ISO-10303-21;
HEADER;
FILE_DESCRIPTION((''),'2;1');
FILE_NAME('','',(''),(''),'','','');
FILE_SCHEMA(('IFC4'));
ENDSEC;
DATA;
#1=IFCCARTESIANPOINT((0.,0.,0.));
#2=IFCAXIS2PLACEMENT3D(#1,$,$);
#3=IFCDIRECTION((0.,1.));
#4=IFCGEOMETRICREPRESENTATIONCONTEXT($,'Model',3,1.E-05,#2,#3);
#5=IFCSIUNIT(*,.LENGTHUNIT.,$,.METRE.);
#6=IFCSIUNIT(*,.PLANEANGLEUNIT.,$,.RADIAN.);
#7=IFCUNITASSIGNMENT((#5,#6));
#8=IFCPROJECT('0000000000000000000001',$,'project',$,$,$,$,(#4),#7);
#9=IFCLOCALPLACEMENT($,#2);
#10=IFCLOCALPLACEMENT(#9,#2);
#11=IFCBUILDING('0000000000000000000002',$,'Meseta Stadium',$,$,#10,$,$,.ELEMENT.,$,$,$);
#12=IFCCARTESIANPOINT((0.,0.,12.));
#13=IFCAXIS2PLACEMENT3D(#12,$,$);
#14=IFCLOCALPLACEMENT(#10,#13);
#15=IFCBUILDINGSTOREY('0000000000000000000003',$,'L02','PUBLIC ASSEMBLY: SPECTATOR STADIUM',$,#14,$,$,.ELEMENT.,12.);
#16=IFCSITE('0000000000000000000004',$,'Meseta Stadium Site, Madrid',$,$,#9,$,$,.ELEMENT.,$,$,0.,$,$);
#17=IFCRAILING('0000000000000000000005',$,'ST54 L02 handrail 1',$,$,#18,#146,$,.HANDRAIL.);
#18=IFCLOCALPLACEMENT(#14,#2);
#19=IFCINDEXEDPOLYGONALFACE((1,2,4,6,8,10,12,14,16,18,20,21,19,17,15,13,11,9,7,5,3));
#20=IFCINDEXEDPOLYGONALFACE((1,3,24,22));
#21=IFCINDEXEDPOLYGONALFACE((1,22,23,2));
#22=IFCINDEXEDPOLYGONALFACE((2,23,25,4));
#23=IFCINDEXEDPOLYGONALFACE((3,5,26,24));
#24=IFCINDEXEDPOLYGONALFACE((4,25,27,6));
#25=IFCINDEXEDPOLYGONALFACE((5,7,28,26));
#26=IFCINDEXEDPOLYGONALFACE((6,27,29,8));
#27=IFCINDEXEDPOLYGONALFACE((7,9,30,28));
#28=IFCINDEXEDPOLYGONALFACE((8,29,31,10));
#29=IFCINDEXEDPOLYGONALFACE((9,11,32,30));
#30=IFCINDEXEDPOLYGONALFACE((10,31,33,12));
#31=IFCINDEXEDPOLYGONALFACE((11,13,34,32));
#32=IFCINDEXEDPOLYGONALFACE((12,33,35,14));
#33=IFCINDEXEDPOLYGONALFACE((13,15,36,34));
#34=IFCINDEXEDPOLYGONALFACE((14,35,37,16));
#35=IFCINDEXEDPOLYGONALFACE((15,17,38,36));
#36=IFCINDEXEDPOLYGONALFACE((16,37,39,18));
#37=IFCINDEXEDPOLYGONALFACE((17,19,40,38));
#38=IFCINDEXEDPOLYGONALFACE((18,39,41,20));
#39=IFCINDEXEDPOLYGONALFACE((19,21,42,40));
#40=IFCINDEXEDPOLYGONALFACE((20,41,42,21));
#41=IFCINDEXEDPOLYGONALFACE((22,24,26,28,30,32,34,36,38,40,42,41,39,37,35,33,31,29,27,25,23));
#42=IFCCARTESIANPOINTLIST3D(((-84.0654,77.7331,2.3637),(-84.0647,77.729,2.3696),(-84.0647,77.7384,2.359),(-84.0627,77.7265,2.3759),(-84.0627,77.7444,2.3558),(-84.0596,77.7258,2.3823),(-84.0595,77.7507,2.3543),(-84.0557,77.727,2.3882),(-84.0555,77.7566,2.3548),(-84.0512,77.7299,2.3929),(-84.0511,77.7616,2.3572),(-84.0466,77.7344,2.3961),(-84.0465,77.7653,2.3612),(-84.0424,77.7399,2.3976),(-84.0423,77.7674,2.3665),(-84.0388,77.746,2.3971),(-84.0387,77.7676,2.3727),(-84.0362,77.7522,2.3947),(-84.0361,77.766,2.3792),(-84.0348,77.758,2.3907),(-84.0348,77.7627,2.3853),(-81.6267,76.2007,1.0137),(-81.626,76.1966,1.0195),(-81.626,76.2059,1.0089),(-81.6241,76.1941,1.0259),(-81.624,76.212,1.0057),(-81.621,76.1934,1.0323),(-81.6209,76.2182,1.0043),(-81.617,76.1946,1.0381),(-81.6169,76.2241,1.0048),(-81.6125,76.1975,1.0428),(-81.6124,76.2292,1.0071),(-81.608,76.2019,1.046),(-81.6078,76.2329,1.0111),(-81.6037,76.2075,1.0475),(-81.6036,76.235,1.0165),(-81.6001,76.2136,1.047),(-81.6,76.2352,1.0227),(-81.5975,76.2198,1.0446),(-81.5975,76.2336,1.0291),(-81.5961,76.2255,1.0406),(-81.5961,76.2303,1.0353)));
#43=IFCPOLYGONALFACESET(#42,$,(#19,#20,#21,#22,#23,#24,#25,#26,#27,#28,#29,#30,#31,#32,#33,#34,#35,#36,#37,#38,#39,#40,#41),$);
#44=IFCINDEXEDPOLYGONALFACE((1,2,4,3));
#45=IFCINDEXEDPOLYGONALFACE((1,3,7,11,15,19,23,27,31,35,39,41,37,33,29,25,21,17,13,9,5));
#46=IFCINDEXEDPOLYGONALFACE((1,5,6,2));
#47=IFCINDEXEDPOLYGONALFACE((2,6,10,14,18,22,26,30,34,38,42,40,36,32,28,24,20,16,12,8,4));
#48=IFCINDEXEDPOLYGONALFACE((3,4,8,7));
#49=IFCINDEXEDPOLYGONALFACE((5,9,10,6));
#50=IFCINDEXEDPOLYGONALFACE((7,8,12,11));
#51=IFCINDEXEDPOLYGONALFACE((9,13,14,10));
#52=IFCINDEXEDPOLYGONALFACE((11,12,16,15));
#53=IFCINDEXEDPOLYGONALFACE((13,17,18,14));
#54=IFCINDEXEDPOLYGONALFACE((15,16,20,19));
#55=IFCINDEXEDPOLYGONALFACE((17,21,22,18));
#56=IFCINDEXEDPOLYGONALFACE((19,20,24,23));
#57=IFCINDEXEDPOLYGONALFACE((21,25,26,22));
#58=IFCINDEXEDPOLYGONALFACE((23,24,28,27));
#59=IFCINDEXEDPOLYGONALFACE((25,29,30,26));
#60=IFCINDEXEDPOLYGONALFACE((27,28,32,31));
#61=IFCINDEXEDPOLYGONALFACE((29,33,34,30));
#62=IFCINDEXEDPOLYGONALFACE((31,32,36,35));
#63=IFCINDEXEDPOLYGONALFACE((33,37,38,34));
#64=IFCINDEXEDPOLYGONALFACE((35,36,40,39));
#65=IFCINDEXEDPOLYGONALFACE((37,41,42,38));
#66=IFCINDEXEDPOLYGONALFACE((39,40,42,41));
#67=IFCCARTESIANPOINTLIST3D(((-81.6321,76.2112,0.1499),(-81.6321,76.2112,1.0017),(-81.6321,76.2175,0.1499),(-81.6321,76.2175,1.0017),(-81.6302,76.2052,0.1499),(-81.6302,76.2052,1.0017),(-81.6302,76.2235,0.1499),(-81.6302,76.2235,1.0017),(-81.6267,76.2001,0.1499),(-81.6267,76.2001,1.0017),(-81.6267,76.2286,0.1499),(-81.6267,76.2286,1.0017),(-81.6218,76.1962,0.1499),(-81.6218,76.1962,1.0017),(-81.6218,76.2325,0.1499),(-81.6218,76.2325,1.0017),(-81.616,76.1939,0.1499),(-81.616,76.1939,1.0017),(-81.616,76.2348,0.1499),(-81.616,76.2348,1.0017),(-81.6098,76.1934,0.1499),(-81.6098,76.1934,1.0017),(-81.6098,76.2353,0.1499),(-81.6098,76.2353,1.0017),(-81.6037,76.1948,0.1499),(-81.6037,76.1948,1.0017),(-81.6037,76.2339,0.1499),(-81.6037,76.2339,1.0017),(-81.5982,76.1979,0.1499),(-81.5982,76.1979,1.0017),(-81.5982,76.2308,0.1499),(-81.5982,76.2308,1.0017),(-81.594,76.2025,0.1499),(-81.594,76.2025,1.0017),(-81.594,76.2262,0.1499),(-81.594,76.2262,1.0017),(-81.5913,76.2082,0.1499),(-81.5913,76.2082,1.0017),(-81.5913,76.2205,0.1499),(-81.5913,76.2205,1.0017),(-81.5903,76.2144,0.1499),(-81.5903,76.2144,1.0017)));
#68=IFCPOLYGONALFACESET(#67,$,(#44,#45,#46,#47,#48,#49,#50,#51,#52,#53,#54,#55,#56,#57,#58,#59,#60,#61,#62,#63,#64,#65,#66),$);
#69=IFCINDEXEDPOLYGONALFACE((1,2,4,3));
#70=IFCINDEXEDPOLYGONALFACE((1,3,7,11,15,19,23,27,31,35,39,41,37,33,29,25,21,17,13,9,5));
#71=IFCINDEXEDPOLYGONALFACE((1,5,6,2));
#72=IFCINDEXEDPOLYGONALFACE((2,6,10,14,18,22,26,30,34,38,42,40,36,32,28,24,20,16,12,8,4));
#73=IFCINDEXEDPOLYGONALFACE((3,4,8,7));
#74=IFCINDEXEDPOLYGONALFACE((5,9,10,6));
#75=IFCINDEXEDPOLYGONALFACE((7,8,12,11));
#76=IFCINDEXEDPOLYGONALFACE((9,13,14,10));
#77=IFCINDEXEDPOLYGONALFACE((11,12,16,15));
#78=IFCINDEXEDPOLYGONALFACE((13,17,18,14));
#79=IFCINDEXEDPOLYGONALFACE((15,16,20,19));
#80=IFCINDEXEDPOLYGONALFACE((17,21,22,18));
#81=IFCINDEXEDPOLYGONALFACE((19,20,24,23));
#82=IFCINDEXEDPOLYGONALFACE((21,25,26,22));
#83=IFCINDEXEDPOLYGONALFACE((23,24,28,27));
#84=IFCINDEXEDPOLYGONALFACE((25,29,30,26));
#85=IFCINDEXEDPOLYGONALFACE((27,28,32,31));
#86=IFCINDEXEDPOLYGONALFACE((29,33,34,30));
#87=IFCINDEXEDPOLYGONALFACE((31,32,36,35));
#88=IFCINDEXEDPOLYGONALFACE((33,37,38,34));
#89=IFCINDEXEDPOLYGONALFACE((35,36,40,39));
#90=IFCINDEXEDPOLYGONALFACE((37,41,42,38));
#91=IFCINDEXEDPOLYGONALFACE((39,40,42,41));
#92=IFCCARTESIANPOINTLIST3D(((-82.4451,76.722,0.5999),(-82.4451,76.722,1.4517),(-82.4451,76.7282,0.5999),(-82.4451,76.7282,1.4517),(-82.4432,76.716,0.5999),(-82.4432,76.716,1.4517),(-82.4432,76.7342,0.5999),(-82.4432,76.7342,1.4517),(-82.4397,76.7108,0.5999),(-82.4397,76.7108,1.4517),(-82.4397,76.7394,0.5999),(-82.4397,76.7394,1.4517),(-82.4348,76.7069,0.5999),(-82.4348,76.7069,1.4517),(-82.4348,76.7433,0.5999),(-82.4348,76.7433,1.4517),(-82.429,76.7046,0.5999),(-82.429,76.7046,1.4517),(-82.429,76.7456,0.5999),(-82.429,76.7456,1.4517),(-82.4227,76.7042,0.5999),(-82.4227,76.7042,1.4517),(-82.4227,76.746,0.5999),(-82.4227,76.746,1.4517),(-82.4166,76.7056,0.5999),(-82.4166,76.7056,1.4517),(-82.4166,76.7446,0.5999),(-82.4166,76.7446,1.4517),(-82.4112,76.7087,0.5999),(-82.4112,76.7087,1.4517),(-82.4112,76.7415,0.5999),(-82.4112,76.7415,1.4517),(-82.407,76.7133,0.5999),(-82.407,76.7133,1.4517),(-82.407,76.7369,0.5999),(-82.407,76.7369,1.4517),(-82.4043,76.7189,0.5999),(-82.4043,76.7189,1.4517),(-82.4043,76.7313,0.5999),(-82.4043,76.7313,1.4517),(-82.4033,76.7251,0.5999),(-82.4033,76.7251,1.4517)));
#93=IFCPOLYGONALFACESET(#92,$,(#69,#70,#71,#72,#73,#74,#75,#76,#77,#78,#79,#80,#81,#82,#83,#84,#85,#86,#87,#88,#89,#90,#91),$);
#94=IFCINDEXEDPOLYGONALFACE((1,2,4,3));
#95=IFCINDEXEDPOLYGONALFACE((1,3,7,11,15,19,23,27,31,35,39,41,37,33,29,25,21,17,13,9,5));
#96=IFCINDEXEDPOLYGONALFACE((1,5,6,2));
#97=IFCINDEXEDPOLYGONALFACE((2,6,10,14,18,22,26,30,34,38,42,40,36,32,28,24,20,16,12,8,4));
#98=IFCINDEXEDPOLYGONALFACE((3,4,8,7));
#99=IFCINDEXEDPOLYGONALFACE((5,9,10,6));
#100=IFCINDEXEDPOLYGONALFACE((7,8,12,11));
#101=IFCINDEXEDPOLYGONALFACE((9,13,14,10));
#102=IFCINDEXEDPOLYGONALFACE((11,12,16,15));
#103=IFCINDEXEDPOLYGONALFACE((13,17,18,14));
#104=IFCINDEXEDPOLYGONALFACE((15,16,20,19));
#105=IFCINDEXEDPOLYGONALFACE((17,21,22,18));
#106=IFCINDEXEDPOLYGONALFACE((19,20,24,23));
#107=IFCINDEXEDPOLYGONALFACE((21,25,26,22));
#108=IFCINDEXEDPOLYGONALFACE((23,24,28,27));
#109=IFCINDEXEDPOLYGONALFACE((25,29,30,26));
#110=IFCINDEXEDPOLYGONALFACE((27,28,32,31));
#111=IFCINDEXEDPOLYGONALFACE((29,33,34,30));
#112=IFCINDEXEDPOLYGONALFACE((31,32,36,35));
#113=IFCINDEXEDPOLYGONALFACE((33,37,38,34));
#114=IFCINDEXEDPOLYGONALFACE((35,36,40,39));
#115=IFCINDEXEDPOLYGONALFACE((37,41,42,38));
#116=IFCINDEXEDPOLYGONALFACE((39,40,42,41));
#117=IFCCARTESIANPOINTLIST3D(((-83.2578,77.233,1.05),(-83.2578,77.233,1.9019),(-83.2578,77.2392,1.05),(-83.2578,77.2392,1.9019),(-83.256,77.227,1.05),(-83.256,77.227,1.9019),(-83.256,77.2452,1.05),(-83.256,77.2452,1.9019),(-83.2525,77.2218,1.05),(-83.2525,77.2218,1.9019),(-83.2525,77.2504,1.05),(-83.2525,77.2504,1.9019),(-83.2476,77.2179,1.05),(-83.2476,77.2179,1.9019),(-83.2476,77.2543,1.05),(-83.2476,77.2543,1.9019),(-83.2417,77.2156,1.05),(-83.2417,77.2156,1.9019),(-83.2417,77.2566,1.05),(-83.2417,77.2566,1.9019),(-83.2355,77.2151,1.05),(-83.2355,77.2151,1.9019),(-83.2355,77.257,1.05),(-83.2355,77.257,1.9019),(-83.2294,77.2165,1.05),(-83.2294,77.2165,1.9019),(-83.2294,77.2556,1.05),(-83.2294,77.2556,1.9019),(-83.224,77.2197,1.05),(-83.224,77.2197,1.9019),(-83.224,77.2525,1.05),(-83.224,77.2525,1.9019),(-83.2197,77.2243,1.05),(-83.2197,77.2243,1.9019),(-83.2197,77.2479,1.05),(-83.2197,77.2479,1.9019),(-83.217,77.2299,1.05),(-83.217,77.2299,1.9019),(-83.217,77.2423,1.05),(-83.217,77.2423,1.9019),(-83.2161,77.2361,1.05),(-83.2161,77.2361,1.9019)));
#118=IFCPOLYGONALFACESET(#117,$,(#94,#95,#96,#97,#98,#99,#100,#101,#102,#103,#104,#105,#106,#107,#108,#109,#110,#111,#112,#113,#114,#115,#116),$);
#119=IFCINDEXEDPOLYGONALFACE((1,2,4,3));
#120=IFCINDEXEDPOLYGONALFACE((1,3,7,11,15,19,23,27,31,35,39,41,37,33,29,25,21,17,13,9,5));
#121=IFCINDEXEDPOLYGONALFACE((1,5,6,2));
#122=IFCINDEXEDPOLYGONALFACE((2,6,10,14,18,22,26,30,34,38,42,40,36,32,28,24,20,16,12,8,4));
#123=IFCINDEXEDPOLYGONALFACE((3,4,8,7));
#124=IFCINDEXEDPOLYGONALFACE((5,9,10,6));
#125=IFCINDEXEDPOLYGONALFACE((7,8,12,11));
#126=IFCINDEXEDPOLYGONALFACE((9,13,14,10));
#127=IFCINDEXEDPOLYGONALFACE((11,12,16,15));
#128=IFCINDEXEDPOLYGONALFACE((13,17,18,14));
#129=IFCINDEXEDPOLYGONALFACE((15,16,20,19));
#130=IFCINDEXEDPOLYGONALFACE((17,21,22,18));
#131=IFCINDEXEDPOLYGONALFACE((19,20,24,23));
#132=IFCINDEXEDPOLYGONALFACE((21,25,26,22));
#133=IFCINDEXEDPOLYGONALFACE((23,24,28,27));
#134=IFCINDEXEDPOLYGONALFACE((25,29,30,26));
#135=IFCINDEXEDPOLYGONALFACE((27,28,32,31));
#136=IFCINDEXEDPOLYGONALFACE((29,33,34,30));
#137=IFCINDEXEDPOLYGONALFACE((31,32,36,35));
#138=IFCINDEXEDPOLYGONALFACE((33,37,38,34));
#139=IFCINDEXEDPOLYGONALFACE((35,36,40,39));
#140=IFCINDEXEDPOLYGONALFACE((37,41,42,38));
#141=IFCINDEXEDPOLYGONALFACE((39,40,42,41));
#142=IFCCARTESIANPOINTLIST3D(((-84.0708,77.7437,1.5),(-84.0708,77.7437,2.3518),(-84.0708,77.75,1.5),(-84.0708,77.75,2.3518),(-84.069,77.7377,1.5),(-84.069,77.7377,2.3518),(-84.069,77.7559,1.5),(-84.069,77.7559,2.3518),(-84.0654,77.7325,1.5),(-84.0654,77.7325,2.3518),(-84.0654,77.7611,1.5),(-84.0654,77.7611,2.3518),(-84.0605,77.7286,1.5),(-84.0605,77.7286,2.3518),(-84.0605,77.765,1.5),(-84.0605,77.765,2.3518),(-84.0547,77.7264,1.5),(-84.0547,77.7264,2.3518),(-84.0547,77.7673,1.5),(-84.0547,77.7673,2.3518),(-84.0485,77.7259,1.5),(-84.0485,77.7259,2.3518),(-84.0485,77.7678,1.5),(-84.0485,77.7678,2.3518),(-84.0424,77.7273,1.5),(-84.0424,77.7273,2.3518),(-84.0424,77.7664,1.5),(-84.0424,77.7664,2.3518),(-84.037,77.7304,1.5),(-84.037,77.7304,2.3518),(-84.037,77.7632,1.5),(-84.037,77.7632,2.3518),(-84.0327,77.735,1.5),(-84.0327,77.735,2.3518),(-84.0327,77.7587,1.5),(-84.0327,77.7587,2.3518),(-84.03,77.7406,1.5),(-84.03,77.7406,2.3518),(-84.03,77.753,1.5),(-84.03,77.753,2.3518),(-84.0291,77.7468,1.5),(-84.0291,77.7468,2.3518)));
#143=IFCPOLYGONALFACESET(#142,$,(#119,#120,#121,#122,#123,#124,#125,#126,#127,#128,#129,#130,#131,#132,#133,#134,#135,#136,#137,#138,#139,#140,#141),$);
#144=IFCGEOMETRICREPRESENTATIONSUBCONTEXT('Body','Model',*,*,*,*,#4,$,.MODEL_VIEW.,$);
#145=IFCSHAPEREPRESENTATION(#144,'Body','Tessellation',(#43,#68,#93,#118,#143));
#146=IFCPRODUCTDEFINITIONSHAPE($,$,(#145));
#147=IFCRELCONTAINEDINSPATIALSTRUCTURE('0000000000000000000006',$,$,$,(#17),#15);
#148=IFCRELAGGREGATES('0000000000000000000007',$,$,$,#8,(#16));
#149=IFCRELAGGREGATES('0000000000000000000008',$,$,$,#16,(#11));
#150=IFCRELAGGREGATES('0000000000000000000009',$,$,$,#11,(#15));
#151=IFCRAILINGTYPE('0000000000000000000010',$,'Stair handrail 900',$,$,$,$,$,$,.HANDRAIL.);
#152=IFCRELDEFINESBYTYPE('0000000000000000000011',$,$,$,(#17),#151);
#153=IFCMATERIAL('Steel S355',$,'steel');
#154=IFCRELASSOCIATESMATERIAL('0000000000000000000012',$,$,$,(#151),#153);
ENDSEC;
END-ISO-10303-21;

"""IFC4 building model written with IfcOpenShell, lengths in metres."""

from ifc_helpers import new_model, si_unit, direction, frame, origin, origin_2d, place, context, subcontext, project, spatial, circle, extrude, material, type_object, element, save


model = new_model("IFC4")

# Units and contexts
model_context = context("Model", 3, precision=1e-05, world=origin(), true_north=direction((0.0, 1.0)))
body_context = subcontext(model_context, "Body", "Model", "MODEL_VIEW")
ifc_project = project(units=[si_unit("LENGTHUNIT", "METRE"), si_unit("PLANEANGLEUNIT", "RADIAN")], contexts=[model_context])

# Site, building, storey
site_placement = place(None, origin())
site = spatial("IfcSite", under=ifc_project, at=site_placement, Name="Meseta Stadium Site, Madrid", CompositionType="ELEMENT", RefElevation=0.0)
building_placement = place(site_placement, origin())
building = spatial("IfcBuilding", under=site, at=building_placement, Name="Meseta Stadium", CompositionType="ELEMENT")
storey_placement = place(building_placement, frame((0.0, 0.0, 12.0)))
storey = spatial("IfcBuildingStorey", under=building, at=storey_placement, Name="L02", Description="PUBLIC ASSEMBLY: SPECTATOR STADIUM", CompositionType="ELEMENT", Elevation=12.0)

# Railing
ifc_material_1 = material(Name="Steel S355", Category="steel")
railing_type_1 = type_object("IfcRailingType", Name="Stair handrail 900", PredefinedType="HANDRAIL", material=ifc_material_1)
railing_1_placement = place(storey_placement, frame((-81.6113, 76.2144, 0.1499)))
element("IfcRailing", 1, at=railing_1_placement, inside=storey, type_object=railing_type_1, Name="ST54 L02 handrail 1", PredefinedType="HANDRAIL", context=body_context, shape_type="SweptSolid", body=[
    extrude(circle(Radius=0.0239, at=origin_2d()), frame((0.0, 0.0, 0.876), z_axis=(-0.766659, 0.481762, 0.424429), x_axis=(-0.532062, -0.846705, 0.0)), (0.0, 0.0, 1.0), 3.1809),
    extrude(circle(Radius=0.021, at=origin_2d()), origin(), (0.0, 0.0, 1.0), 0.8518),
    extrude(circle(Radius=0.021, at=origin_2d()), frame((-0.813, 0.5107, 0.45)), (0.0, 0.0, 1.0), 0.8518),
    extrude(circle(Radius=0.021, at=origin_2d()), frame((-1.6257, 1.0217, 0.9001)), (0.0, 0.0, 1.0), 0.8518),
    extrude(circle(Radius=0.021, at=origin_2d()), frame((-2.4387, 1.5325, 1.3501)), (0.0, 0.0, 1.0), 0.8518),
])

save(model, "model.ifc")
